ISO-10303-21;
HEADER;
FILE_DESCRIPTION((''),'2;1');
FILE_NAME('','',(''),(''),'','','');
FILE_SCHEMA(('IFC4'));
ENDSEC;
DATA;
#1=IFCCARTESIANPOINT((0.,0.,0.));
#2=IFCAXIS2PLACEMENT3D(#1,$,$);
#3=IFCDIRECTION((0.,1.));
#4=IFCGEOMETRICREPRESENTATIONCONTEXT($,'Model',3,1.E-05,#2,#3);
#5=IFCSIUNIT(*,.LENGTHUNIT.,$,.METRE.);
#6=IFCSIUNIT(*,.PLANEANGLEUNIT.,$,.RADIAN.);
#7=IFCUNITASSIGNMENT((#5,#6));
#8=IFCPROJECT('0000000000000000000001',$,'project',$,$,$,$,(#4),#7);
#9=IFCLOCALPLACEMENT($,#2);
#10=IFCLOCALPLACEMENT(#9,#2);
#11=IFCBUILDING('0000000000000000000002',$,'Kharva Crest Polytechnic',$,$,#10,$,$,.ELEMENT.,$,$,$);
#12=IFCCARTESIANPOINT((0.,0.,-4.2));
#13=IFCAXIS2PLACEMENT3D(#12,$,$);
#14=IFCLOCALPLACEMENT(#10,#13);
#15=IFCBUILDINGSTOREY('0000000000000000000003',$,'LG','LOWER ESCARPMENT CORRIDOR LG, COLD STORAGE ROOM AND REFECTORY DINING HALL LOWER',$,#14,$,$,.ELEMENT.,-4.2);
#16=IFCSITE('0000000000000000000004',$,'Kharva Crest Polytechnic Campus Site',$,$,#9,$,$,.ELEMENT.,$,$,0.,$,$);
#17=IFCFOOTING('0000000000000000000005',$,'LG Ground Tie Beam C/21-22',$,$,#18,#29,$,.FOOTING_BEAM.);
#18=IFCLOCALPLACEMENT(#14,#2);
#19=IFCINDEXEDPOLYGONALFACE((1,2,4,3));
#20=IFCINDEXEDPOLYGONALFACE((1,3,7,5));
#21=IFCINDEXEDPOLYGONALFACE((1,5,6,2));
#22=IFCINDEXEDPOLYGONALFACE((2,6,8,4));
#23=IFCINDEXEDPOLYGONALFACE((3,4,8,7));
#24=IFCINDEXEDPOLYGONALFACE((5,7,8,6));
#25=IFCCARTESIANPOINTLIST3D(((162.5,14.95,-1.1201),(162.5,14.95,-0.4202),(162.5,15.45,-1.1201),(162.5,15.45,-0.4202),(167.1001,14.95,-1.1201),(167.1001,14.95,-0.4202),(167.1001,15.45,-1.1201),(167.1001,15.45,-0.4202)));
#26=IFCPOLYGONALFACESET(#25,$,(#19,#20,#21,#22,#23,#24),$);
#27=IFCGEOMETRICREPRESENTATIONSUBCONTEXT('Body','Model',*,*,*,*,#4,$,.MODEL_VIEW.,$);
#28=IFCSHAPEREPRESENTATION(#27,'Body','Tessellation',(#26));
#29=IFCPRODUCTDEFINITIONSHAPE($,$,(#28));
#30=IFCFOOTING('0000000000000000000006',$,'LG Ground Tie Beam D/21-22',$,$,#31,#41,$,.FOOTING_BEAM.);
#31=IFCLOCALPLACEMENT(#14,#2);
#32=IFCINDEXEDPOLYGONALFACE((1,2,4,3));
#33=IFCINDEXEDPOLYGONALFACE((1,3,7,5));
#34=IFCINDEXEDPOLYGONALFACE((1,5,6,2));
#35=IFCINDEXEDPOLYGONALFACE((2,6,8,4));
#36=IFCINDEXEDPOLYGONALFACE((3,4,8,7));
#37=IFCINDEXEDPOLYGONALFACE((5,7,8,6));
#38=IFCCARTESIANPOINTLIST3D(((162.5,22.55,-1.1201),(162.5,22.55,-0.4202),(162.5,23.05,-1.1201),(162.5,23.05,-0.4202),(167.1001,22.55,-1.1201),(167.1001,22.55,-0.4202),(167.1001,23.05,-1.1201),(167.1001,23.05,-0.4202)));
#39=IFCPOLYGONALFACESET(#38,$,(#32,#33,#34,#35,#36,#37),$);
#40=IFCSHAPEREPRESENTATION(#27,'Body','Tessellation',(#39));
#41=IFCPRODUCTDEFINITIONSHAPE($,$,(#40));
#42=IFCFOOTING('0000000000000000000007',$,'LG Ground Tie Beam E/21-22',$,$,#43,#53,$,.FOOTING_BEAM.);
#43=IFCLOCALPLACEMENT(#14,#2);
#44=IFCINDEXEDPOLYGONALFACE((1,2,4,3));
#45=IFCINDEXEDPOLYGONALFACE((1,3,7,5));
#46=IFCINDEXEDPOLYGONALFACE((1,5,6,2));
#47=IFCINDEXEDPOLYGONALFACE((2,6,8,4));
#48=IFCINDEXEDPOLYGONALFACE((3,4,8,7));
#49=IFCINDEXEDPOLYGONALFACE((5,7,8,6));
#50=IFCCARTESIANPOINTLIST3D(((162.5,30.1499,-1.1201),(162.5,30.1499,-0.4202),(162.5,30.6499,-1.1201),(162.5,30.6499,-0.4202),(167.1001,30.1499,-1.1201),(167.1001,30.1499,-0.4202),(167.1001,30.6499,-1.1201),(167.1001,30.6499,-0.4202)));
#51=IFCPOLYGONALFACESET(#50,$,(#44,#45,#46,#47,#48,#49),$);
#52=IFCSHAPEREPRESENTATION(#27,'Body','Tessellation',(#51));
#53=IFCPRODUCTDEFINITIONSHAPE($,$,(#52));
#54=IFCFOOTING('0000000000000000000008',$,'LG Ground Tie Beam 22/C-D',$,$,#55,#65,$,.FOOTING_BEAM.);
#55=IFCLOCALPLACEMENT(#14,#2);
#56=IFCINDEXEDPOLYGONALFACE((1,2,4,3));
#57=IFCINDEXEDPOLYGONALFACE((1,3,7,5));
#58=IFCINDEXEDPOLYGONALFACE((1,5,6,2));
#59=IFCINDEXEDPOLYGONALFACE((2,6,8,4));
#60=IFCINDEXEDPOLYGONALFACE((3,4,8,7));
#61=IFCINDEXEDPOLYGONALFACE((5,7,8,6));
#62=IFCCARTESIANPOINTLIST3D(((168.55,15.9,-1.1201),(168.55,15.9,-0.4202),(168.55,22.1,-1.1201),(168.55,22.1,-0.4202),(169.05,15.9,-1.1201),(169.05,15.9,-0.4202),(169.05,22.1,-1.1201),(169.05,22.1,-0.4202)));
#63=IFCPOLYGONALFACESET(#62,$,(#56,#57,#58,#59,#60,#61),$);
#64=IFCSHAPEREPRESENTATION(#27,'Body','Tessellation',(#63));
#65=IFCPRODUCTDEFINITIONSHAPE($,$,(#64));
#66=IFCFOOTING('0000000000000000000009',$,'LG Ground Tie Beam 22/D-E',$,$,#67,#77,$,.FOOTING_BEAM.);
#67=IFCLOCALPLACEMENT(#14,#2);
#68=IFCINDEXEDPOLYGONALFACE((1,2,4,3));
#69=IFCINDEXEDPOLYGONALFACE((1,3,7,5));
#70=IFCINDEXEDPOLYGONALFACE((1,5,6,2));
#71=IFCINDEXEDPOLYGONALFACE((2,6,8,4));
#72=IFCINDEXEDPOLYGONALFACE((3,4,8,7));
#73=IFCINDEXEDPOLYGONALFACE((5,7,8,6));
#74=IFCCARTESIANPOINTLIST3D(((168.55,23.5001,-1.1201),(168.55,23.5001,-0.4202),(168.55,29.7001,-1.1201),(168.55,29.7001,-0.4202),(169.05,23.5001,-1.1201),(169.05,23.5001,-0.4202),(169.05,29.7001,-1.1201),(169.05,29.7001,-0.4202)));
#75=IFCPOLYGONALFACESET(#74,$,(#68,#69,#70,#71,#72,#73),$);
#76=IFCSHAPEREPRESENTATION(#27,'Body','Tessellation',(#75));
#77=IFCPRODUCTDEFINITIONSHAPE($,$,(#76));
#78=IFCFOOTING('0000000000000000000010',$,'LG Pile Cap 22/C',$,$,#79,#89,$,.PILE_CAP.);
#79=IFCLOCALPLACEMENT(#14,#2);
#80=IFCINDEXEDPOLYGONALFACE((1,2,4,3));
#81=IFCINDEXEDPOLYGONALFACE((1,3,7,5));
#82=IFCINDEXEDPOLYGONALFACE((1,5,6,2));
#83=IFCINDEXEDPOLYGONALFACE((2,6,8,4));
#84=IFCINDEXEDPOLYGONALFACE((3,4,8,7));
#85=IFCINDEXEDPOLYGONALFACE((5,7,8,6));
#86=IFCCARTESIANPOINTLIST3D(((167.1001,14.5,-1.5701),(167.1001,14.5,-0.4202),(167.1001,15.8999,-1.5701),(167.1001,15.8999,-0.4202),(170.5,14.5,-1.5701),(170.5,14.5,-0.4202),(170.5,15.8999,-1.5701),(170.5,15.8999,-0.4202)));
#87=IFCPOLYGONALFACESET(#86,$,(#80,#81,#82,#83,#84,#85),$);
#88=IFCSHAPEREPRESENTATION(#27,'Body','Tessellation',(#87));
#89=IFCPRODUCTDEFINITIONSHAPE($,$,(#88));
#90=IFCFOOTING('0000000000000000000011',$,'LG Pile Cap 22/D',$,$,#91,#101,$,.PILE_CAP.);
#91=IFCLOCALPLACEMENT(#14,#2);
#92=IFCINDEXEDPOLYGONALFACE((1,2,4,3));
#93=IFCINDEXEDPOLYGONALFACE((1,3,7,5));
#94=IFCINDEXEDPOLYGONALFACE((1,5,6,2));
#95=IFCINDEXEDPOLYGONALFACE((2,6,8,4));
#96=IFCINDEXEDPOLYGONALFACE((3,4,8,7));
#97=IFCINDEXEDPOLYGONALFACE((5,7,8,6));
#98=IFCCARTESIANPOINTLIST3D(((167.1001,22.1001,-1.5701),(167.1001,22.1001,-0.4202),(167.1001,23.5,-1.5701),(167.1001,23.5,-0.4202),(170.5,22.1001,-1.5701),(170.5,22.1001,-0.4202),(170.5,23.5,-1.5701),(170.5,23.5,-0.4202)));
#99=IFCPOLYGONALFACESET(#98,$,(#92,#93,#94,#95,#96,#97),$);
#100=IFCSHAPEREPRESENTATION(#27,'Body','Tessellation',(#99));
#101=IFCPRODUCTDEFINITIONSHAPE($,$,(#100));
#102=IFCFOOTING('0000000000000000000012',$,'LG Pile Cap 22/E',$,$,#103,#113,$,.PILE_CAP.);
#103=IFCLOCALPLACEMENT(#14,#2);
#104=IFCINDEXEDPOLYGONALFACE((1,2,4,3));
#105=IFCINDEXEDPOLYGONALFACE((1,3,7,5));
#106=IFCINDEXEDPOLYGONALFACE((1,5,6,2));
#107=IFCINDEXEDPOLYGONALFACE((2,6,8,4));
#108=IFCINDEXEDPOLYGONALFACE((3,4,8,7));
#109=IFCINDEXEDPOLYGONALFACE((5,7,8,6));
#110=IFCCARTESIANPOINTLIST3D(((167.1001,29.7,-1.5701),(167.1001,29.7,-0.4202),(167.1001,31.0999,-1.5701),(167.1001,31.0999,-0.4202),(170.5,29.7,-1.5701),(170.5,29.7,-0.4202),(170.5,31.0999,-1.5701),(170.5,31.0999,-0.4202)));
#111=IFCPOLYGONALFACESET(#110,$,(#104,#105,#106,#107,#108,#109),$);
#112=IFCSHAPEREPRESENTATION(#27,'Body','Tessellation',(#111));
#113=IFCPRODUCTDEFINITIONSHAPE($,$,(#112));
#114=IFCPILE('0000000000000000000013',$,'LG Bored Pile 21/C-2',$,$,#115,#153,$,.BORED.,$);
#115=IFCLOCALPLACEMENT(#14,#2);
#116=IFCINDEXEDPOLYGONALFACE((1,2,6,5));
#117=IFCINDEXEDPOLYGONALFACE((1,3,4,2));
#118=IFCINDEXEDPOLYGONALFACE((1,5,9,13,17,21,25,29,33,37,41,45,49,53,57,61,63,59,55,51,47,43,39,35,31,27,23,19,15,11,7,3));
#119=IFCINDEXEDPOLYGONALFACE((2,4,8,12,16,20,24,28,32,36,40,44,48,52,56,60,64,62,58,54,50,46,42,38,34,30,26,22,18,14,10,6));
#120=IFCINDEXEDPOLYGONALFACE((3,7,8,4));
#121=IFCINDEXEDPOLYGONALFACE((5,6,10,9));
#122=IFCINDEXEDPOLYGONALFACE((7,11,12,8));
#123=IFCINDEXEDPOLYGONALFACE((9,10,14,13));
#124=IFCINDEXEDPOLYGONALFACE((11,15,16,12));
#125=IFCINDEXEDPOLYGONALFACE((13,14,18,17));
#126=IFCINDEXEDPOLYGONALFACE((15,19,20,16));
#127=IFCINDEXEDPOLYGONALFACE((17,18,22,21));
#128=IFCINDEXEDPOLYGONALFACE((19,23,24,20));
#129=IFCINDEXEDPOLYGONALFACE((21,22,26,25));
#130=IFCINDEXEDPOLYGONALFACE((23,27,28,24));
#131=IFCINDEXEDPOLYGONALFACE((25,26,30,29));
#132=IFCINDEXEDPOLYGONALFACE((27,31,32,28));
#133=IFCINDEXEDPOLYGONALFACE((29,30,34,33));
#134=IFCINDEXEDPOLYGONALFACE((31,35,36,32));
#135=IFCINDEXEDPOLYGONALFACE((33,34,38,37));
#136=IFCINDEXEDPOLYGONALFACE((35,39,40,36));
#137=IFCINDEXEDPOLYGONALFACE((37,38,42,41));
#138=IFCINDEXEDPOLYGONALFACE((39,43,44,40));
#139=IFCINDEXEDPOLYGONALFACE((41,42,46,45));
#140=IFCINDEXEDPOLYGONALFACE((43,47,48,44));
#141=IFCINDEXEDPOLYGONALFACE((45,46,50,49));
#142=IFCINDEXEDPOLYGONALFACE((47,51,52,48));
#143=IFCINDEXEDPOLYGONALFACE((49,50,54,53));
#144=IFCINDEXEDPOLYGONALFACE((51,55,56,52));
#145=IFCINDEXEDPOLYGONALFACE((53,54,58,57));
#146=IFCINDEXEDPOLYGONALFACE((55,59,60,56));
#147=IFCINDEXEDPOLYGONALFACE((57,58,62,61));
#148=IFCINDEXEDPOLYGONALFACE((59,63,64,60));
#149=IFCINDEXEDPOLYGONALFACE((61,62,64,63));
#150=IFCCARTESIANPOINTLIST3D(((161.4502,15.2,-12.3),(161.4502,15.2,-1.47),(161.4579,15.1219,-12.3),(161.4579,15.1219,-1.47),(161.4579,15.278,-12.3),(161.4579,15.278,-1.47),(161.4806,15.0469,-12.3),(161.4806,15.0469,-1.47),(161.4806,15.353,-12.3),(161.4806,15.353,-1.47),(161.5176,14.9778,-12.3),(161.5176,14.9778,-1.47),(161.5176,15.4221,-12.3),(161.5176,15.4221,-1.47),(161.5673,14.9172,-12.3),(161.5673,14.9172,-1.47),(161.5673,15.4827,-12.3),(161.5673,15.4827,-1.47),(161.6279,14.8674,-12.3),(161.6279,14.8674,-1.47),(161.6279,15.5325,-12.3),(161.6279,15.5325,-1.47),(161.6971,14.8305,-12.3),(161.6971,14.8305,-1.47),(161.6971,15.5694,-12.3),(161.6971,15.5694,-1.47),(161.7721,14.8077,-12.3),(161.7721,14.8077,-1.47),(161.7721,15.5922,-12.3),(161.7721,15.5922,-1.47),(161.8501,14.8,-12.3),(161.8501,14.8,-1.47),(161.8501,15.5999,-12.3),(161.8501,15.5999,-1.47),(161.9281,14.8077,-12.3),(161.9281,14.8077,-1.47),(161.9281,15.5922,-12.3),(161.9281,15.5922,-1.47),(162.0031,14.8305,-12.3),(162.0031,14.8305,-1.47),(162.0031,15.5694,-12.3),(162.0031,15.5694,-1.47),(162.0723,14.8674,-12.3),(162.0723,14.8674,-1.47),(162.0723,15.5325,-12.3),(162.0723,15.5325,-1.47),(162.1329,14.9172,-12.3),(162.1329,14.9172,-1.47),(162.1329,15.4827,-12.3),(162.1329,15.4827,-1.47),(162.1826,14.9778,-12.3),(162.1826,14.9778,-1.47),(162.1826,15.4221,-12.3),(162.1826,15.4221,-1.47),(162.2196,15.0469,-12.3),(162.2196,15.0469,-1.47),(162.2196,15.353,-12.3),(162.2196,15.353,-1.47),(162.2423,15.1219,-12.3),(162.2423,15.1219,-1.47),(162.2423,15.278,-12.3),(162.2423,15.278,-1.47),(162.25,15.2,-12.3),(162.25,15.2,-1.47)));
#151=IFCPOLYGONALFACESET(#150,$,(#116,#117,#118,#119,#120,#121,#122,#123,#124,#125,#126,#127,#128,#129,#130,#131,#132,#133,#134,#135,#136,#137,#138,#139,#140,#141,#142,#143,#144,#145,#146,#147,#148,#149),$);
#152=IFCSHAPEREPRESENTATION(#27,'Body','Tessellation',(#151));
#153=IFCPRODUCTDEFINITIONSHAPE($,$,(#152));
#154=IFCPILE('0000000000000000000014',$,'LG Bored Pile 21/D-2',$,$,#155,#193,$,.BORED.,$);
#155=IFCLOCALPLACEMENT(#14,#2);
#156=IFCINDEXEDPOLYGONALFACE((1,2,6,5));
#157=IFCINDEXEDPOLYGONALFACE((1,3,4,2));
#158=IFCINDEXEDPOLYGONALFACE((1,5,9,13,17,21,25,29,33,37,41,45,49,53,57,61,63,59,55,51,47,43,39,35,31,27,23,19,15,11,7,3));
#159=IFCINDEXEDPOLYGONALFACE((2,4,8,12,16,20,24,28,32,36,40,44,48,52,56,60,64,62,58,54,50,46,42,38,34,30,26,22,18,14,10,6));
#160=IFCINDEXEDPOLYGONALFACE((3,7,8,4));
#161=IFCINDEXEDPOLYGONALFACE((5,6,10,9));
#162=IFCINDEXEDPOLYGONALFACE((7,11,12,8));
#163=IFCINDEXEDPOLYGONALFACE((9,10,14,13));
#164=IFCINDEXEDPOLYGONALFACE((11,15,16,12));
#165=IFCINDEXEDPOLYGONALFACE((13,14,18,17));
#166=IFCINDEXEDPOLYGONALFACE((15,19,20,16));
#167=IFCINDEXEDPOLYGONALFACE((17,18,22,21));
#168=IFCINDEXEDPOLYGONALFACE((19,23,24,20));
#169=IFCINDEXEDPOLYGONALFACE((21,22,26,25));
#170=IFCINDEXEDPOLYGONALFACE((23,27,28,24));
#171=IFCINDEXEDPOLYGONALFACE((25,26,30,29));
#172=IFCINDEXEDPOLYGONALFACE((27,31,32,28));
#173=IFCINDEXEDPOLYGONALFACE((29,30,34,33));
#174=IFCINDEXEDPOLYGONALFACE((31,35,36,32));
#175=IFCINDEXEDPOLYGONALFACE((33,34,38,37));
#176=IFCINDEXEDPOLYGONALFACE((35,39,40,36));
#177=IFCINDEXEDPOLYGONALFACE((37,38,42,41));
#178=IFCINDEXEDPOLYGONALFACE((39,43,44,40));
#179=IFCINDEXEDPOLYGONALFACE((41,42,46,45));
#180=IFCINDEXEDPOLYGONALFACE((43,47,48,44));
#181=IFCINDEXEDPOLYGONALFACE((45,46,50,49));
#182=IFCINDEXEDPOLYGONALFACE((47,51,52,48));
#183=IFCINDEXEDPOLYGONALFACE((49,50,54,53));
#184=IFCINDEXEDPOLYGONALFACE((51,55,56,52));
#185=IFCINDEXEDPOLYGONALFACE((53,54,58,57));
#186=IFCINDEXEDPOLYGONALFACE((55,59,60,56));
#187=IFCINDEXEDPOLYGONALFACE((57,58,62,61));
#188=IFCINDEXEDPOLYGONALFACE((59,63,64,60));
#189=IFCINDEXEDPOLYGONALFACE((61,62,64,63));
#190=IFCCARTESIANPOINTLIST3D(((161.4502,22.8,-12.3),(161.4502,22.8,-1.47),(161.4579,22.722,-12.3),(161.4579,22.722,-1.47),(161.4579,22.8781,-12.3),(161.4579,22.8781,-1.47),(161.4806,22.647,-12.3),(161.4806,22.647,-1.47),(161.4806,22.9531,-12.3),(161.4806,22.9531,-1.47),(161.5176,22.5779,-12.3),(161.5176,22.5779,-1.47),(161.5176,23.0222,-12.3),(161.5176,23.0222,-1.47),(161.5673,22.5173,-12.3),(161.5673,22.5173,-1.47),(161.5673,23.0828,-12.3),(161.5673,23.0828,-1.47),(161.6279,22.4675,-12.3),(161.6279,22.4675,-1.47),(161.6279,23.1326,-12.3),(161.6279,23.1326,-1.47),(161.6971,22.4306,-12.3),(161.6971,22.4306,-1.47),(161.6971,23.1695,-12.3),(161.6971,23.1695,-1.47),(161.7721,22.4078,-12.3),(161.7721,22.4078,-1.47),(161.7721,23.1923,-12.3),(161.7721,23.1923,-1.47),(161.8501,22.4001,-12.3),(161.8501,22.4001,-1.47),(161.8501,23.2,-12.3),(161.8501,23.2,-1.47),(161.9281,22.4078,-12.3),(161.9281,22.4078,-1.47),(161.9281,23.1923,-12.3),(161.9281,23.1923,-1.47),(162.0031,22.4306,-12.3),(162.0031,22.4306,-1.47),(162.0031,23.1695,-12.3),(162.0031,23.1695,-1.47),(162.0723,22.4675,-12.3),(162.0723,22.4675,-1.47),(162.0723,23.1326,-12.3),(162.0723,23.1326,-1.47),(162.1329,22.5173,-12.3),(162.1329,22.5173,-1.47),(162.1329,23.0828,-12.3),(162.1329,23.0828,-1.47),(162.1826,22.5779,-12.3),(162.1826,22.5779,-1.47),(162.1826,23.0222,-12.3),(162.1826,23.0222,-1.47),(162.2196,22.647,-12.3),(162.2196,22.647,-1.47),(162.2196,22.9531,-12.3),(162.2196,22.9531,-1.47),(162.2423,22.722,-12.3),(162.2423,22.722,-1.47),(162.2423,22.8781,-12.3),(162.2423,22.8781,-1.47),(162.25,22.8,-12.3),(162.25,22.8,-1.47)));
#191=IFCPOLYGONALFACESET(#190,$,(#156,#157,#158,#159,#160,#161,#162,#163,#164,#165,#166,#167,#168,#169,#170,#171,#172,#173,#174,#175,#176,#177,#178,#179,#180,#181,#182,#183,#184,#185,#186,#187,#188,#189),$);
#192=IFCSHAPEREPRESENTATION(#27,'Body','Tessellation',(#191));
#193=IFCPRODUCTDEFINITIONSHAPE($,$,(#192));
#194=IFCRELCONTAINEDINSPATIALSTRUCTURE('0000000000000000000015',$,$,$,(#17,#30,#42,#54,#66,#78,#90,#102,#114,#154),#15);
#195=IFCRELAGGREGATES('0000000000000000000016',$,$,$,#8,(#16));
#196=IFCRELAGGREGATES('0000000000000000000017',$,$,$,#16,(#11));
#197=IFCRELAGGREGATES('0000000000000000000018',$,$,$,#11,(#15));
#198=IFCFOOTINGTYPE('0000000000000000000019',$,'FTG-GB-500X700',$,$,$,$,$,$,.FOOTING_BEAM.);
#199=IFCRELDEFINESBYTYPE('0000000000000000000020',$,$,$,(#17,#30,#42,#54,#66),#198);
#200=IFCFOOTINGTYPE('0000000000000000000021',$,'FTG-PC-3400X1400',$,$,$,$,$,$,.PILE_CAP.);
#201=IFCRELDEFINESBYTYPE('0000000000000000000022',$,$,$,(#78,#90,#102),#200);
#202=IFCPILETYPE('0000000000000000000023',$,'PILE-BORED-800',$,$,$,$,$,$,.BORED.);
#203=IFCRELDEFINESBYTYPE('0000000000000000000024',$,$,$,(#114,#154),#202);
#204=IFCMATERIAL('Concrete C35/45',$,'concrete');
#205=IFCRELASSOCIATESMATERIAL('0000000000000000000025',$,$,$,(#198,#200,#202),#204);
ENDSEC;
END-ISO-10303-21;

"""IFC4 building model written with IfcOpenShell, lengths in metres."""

from ifc_helpers import new_model, si_unit, direction, frame, origin, origin_2d, place, context, subcontext, project, spatial, rectangle, circle, extrude, material, material_profile, profile_set, type_object, element, save


model = new_model("IFC4")

# Units and contexts
model_context = context("Model", 3, precision=1e-05, world=origin(), true_north=direction((0.0, 1.0)))
body_context = subcontext(model_context, "Body", "Model", "MODEL_VIEW")
ifc_project = project(units=[si_unit("LENGTHUNIT", "METRE"), si_unit("PLANEANGLEUNIT", "RADIAN")], contexts=[model_context])

# Site, building, storey
site_placement = place(None, origin())
site = spatial("IfcSite", under=ifc_project, at=site_placement, Name="Kharva Crest Polytechnic Campus Site", CompositionType="ELEMENT", RefElevation=0.0)
building_placement = place(site_placement, origin())
building = spatial("IfcBuilding", under=site, at=building_placement, Name="Kharva Crest Polytechnic", CompositionType="ELEMENT")
storey_placement = place(building_placement, frame((0.0, 0.0, -4.2)))
storey = spatial("IfcBuildingStorey", under=building, at=storey_placement, Name="LG", Description="LOWER ESCARPMENT CORRIDOR LG, COLD STORAGE ROOM AND REFECTORY DINING HALL LOWER", CompositionType="ELEMENT", Elevation=-4.2)

# Footings
ifc_material_1 = material(Name="Concrete C35/45", Category="concrete")
footing_type_1 = type_object("IfcFootingType", Name="FTG-GB-500X700", PredefinedType="FOOTING_BEAM", material=ifc_material_1)
for number, where, z_axis, x_axis, name in (
    (1, (164.8, 15.2, -1.1201), (0.0, 0.0, 1.0), (1.0, 0.0, 0.0), "LG Ground Tie Beam C/21-22"),
    (2, (164.8, 22.8, -1.1201), (0.0, 0.0, 1.0), (1.0, 0.0, 0.0), "LG Ground Tie Beam D/21-22"),
    (3, (164.8, 30.3999, -1.1201), (0.0, 0.0, 1.0), (1.0, 0.0, 0.0), "LG Ground Tie Beam E/21-22"),
):
    element("IfcFooting", number, at=place(storey_placement, frame(where, z_axis=z_axis, x_axis=x_axis)), inside=storey, type_object=footing_type_1, Name=name, PredefinedType="FOOTING_BEAM", context=body_context, shape_type="SweptSolid", body=[
        extrude(rectangle(XDim=4.6001, YDim=0.5, at=origin_2d()), origin(), (0.0, 0.0, 1.0), 0.7),
    ])
for number, where, z_axis, x_axis, name in (
    (4, (168.8, 19.0, -1.1201), (0.0, 0.0, 1.0), (0.0, 1.0, 0.0), "LG Ground Tie Beam 22/C-D"),
    (5, (168.8, 26.6001, -1.1201), (0.0, 0.0, 1.0), (0.0, 1.0, 0.0), "LG Ground Tie Beam 22/D-E"),
):
    element("IfcFooting", number, at=place(storey_placement, frame(where, z_axis=z_axis, x_axis=x_axis)), inside=storey, type_object=footing_type_1, Name=name, PredefinedType="FOOTING_BEAM", context=body_context, shape_type="SweptSolid", body=[
        extrude(rectangle(XDim=6.2, YDim=0.5, at=origin_2d()), origin(), (0.0, 0.0, 1.0), 0.7),
    ])
footing_type_2 = type_object("IfcFootingType", Name="FTG-PC-3400X1400", PredefinedType="PILE_CAP", material=ifc_material_1)
for number, where, z_axis, x_axis, name in (
    (6, (168.8, 15.2, -1.5701), (0.0, 0.0, 1.0), (1.0, 0.0, 0.0), "LG Pile Cap 22/C"),
    (7, (168.8, 22.8, -1.5701), (0.0, 0.0, 1.0), (1.0, 0.0, 0.0), "LG Pile Cap 22/D"),
    (8, (168.8, 30.3999, -1.5701), (0.0, 0.0, 1.0), (1.0, 0.0, 0.0), "LG Pile Cap 22/E"),
):
    element("IfcFooting", number, at=place(storey_placement, frame(where, z_axis=z_axis, x_axis=x_axis)), inside=storey, type_object=footing_type_2, Name=name, PredefinedType="PILE_CAP", context=body_context, shape_type="SweptSolid", body=[
        extrude(rectangle(XDim=3.3999, YDim=1.3999, at=origin_2d()), origin(), (0.0, 0.0, 1.0), 1.1499),
    ])

# Piles
ifc_material_profile_1 = material_profile(ifc_material_1, circle(Radius=0.3999, at=origin_2d()), Name="DIA 800")
ifc_profile_set_1 = profile_set([ifc_material_profile_1], Name="Concrete C35/45")
pile_type = type_object("IfcPileType", Name="PILE-BORED-800", PredefinedType="BORED", material=ifc_profile_set_1)
for number, where, z_axis, x_axis, name in (
    (9, (161.8501, 15.2, -1.47), (0.0, 0.0, -1.0), (1.0, 0.0, 0.0), "LG Bored Pile 21/C-2"),
    (10, (161.8501, 22.8, -1.47), (0.0, 0.0, -1.0), (1.0, 0.0, 0.0), "LG Bored Pile 21/D-2"),
):
    element("IfcPile", number, at=place(storey_placement, frame(where, z_axis=z_axis, x_axis=x_axis)), inside=storey, type_object=pile_type, Name=name, PredefinedType="BORED", context=body_context, shape_type="SweptSolid", body=[
        extrude(circle(Radius=0.3999, at=origin_2d()), origin(), (0.0, 0.0, 1.0), 10.8301),
    ])

save(model, "model.ifc")
